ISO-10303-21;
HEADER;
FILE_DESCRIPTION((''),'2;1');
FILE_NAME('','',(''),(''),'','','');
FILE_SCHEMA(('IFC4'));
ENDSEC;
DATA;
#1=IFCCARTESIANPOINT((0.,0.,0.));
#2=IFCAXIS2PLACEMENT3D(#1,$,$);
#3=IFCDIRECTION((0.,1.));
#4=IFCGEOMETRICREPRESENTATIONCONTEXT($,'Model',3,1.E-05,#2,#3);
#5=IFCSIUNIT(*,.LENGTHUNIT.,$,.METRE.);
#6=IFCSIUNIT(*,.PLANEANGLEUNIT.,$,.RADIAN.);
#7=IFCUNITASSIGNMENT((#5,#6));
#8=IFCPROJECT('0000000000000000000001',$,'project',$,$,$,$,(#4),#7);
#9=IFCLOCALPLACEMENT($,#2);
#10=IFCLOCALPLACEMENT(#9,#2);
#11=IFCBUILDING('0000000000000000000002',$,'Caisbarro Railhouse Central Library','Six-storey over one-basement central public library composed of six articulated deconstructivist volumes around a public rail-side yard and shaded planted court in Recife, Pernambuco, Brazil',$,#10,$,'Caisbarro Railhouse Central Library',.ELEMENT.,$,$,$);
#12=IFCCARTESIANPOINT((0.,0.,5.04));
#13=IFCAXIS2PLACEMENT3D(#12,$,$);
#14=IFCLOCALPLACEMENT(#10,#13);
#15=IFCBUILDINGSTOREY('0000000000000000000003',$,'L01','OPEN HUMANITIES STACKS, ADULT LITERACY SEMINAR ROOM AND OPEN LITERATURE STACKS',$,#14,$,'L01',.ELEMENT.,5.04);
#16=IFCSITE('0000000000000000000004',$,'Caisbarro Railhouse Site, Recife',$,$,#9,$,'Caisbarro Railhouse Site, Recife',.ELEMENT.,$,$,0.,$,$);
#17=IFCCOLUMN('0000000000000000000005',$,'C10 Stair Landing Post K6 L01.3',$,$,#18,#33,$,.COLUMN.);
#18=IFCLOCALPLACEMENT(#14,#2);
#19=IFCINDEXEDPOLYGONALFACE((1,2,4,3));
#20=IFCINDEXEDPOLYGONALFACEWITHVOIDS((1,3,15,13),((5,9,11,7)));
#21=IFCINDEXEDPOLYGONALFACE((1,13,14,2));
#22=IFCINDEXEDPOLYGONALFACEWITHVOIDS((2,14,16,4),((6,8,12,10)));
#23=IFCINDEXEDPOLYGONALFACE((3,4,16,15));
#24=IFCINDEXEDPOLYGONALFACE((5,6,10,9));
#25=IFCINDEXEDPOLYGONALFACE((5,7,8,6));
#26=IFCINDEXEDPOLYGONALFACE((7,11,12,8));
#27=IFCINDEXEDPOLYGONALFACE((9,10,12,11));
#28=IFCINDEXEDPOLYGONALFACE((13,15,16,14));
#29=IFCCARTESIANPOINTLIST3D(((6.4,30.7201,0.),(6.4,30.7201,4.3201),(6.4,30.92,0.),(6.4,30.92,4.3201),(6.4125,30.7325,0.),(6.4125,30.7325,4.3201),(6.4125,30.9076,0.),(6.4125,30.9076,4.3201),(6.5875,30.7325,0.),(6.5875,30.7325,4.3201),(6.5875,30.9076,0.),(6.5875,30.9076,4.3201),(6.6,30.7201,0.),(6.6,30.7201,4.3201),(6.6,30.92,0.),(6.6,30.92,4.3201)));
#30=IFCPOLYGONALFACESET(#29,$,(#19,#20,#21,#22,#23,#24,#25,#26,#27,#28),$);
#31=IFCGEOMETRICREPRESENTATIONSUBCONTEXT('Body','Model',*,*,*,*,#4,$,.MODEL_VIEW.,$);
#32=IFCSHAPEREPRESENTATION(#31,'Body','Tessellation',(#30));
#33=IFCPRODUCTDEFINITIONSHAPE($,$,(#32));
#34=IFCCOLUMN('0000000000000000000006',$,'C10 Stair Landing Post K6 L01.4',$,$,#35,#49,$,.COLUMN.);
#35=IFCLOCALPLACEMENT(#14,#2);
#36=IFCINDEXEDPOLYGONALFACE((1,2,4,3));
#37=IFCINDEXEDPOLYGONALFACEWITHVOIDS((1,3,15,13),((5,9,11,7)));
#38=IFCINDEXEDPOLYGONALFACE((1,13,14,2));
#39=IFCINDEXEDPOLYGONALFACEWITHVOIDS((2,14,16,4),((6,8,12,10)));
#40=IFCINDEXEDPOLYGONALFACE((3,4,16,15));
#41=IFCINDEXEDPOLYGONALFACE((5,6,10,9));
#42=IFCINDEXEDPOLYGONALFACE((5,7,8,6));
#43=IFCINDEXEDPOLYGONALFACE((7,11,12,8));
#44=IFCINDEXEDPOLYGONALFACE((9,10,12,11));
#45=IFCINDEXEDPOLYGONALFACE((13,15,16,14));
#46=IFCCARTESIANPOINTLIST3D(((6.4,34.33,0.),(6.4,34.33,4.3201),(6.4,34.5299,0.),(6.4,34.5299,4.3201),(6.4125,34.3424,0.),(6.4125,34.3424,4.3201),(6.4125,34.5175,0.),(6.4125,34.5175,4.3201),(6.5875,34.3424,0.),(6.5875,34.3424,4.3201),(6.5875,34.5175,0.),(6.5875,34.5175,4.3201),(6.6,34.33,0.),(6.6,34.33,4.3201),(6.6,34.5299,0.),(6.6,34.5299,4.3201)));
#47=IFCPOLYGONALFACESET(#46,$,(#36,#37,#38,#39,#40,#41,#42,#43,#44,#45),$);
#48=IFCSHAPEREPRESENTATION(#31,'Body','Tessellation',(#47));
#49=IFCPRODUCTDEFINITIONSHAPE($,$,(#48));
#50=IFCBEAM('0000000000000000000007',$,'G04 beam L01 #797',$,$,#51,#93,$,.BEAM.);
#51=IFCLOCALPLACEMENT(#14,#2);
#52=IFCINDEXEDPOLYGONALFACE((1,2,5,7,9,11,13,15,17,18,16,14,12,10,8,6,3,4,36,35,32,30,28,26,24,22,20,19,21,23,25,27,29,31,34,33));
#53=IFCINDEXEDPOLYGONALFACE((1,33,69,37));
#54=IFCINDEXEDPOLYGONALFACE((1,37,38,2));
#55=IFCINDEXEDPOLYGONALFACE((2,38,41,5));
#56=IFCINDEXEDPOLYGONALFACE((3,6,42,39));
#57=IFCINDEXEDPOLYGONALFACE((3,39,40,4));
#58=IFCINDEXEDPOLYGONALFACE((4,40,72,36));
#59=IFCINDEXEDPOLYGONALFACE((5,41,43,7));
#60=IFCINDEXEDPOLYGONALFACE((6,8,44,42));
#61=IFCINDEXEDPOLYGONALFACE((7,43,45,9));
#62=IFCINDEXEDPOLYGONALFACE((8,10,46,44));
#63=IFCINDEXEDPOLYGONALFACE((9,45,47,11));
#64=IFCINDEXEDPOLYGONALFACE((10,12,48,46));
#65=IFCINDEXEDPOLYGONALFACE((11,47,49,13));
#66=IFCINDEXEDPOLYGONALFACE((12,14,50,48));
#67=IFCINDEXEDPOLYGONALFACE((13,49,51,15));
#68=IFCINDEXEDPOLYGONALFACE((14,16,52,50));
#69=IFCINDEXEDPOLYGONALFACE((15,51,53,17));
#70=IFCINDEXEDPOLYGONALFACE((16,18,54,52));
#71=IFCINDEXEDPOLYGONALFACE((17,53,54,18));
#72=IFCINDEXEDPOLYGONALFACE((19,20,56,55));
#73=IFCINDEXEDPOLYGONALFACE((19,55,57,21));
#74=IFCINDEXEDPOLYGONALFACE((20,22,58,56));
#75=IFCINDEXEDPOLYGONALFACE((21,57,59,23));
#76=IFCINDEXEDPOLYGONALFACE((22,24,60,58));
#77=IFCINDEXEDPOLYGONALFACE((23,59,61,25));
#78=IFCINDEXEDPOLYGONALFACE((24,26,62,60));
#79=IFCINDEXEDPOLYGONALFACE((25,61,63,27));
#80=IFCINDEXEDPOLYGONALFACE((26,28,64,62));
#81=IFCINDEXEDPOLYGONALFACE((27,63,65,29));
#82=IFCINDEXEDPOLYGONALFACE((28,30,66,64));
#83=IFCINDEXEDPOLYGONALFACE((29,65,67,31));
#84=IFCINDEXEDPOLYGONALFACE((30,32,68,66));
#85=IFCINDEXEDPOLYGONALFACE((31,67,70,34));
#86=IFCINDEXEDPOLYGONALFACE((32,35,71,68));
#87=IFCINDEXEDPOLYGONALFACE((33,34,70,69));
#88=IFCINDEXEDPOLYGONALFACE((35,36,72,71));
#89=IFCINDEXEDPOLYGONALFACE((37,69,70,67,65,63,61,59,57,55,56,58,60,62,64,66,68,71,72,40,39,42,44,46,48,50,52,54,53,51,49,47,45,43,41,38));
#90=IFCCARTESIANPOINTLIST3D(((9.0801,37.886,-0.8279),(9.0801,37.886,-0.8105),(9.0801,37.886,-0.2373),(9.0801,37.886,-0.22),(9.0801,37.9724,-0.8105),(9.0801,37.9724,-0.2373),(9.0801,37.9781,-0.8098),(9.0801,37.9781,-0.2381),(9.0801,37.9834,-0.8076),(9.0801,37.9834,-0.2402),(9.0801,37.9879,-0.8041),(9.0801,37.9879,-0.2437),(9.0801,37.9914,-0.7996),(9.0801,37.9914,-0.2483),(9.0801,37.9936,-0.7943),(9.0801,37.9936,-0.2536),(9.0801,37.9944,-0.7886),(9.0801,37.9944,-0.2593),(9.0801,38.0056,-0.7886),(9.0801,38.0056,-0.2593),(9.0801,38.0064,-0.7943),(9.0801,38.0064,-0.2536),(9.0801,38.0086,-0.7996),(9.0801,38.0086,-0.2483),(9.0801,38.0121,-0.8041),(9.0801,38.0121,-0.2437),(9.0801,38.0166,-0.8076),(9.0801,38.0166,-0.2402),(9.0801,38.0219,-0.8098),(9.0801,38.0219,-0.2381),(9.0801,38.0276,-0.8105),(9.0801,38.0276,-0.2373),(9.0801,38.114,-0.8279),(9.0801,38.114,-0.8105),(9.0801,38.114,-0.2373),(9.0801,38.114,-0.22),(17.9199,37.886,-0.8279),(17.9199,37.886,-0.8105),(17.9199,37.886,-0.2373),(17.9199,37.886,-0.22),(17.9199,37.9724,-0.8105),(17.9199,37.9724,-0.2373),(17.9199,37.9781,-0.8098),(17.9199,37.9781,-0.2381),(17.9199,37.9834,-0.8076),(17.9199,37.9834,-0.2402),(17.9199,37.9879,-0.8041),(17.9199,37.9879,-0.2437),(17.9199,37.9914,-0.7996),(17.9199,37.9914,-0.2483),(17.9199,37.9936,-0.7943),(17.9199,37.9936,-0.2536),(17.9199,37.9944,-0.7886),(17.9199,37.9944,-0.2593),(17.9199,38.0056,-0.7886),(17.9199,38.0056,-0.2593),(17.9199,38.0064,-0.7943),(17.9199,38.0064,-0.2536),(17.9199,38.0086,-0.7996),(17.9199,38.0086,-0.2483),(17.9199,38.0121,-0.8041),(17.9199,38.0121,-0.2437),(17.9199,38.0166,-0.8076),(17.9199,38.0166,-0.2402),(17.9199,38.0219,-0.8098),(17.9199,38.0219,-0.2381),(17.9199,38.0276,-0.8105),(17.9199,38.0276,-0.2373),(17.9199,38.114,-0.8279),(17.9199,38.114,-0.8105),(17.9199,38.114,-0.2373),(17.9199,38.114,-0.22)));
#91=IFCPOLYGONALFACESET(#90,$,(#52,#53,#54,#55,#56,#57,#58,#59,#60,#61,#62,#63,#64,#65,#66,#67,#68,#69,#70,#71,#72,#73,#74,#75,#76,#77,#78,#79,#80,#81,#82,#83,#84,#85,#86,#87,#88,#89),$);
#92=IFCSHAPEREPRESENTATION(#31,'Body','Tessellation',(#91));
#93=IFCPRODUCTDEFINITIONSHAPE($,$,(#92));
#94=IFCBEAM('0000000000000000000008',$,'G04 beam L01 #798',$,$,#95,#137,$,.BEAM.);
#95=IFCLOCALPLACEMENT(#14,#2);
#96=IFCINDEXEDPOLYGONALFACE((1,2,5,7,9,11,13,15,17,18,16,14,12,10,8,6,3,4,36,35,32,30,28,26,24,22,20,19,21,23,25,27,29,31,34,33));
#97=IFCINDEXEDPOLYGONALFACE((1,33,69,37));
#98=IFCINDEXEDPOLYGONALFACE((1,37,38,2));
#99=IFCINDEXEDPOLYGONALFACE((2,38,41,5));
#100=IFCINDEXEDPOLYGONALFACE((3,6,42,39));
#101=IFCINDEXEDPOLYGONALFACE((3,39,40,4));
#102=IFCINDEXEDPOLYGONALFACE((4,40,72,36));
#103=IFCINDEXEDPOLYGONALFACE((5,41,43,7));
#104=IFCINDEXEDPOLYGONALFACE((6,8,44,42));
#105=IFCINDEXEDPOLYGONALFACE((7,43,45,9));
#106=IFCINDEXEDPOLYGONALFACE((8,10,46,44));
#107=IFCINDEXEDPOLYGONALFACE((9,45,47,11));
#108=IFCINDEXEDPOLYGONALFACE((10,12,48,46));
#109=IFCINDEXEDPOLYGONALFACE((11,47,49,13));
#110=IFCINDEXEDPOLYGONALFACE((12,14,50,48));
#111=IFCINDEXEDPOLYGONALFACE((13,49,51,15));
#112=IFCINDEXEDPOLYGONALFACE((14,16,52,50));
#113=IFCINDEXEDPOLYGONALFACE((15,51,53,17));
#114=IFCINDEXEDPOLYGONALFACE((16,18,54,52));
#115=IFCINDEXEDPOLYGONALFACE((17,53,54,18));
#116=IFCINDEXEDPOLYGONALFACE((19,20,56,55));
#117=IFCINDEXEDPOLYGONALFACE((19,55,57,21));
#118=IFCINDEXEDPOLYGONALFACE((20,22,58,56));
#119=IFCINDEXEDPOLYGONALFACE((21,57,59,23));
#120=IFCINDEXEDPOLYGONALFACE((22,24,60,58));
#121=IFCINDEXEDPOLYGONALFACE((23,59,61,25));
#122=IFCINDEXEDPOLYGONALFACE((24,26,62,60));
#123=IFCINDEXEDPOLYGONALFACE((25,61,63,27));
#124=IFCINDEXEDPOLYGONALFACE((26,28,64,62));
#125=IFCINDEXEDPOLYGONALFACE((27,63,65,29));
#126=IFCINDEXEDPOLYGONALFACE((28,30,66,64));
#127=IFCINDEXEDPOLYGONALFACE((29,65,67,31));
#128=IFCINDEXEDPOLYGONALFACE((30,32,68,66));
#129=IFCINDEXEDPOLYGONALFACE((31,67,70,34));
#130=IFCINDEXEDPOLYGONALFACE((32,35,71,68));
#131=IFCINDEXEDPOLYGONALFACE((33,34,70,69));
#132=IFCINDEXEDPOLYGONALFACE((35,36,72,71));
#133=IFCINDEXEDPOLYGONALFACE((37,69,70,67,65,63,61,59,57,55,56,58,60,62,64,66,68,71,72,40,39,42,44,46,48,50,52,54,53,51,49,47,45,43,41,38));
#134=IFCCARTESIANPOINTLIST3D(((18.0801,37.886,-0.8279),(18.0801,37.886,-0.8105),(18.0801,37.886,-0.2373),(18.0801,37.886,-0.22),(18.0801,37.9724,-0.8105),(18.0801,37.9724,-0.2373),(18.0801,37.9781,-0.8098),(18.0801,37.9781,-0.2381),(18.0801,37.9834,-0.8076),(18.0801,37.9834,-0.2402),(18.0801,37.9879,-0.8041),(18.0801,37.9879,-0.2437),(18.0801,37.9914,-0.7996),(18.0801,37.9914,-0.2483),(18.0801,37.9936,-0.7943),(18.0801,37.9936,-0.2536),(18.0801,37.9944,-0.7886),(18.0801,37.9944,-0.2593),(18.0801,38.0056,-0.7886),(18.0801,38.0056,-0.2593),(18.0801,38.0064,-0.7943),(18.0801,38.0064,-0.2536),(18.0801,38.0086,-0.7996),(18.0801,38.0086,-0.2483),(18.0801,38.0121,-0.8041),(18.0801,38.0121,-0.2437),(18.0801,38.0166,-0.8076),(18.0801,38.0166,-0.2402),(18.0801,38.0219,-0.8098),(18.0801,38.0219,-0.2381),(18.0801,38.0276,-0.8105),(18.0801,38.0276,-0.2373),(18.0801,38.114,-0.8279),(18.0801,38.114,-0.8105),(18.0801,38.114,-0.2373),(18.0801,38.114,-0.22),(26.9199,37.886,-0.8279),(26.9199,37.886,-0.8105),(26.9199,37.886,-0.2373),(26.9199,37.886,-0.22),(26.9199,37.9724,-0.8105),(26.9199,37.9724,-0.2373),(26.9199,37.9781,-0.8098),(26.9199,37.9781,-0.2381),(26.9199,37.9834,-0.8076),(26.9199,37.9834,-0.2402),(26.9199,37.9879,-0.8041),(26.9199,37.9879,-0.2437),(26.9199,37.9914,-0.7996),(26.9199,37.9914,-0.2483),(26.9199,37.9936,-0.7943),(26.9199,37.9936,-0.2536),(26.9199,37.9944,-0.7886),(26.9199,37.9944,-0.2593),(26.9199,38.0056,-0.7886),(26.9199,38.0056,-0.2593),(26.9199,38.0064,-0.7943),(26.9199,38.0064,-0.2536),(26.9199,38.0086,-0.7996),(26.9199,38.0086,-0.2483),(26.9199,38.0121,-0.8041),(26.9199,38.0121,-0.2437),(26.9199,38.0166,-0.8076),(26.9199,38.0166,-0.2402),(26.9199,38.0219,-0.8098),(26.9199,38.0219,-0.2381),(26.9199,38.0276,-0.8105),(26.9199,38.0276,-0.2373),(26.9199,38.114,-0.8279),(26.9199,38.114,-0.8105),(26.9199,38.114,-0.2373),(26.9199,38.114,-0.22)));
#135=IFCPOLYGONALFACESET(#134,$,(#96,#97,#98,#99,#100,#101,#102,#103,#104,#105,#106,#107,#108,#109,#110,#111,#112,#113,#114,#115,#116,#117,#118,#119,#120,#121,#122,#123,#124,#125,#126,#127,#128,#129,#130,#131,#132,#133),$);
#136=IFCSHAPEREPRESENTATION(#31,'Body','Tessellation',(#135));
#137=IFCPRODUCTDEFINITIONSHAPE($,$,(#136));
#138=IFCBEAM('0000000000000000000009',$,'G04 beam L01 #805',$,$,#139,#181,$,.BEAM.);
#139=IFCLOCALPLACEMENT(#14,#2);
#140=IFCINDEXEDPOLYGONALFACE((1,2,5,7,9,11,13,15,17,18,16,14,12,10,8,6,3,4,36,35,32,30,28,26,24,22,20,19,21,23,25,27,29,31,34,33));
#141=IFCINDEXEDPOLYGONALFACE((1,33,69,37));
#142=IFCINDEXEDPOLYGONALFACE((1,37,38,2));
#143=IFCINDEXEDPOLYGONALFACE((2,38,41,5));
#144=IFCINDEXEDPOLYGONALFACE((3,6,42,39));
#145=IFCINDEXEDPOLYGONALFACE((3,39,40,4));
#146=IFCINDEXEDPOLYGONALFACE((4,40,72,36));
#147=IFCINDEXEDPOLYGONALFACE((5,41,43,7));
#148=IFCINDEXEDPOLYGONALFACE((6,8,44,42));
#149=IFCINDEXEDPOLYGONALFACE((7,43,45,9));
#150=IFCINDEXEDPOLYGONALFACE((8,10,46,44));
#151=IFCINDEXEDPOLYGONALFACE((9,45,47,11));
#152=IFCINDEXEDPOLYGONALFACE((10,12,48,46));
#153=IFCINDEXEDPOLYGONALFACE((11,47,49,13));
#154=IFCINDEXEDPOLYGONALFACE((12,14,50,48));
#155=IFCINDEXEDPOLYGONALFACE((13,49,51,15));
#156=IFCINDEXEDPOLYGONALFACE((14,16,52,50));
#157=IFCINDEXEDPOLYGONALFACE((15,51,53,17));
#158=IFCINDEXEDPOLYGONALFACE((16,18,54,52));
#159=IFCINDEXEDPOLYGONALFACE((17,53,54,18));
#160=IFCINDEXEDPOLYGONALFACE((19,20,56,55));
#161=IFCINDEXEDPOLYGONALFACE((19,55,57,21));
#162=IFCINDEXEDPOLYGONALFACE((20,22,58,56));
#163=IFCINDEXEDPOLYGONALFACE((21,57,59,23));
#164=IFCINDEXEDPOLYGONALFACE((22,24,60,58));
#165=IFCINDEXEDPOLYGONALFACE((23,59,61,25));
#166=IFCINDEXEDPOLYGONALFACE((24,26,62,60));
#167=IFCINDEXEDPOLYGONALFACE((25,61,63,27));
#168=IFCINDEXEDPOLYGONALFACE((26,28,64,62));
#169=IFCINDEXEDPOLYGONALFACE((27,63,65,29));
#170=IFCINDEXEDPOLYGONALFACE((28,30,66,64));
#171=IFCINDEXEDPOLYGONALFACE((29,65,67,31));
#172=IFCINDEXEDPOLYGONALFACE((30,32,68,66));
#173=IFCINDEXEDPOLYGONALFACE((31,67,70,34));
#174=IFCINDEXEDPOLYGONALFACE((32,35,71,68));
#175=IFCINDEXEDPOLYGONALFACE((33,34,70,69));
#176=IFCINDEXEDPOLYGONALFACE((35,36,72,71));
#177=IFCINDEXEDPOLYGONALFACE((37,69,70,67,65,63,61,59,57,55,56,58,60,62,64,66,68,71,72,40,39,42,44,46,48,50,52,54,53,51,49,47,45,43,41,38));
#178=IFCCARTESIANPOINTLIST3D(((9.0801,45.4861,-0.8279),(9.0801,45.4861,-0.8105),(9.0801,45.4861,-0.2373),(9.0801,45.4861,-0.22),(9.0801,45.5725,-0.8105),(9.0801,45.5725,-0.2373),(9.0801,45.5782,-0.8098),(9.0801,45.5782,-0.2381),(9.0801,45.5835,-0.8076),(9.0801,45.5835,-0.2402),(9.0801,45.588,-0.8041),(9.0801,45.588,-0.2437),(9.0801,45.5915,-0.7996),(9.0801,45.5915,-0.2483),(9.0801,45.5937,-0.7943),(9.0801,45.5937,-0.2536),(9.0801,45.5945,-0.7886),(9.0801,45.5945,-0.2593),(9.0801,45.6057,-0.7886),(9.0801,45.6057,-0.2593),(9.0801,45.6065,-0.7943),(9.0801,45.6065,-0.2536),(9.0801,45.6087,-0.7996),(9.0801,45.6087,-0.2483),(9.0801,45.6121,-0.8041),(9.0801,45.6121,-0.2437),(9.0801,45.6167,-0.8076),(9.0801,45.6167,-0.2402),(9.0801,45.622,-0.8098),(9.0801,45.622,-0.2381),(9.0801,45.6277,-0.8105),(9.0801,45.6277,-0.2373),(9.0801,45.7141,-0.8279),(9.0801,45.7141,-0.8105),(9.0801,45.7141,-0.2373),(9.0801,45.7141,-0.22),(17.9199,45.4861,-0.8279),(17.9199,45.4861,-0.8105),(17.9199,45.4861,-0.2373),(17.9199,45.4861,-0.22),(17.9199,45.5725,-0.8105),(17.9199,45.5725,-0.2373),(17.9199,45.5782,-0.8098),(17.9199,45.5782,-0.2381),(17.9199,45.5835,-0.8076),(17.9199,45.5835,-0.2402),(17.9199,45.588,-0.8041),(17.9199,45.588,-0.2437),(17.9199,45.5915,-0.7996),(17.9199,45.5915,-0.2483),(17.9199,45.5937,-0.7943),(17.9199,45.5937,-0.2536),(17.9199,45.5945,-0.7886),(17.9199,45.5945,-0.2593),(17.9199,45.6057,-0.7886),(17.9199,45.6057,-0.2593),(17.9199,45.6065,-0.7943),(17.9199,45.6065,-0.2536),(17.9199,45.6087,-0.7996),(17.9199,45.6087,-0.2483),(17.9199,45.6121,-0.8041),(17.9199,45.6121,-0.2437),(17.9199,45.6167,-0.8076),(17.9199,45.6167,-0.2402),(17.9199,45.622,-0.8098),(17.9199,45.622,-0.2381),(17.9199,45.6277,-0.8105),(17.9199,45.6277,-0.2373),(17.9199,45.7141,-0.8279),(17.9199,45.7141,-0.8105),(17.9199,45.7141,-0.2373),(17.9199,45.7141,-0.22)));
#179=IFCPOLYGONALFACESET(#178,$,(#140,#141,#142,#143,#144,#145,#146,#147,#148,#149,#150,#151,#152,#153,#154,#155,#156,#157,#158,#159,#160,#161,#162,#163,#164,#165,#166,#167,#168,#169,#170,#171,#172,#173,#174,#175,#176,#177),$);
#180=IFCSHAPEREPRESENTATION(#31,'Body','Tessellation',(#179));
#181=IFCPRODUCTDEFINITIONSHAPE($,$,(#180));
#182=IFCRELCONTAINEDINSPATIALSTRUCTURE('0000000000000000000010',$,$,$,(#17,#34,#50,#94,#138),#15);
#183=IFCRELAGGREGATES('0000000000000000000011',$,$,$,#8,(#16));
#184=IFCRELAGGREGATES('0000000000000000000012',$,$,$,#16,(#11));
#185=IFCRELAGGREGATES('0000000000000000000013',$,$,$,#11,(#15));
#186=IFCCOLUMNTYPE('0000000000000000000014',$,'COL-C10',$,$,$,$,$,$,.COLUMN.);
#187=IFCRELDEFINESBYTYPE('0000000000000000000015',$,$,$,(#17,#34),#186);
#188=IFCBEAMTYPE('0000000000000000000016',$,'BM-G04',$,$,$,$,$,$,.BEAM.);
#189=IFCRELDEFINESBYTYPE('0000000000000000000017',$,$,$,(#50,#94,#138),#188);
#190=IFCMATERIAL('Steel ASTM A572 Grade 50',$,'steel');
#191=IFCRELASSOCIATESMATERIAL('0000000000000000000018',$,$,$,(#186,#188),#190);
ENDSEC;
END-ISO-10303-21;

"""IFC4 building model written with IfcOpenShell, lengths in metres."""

from ifc_helpers import new_model, si_unit, direction, frame, origin, origin_2d, place, context, subcontext, project, spatial, hollow_rectangle, i_section, extrude, material, material_profile, profile_set, type_object, element, save


model = new_model("IFC4")

# Units and contexts
model_context = context("Model", 3, precision=1e-05, world=origin(), true_north=direction((0.0, 1.0)))
body_context = subcontext(model_context, "Body", "Model", "MODEL_VIEW")
ifc_project = project(units=[si_unit("LENGTHUNIT", "METRE"), si_unit("PLANEANGLEUNIT", "RADIAN")], contexts=[model_context])

# Site, building, storey
site_placement = place(None, origin())
site = spatial("IfcSite", under=ifc_project, at=site_placement, Name="Caisbarro Railhouse Site, Recife", LongName="Caisbarro Railhouse Site, Recife", CompositionType="ELEMENT", RefElevation=0.0)
building_placement = place(site_placement, origin())
building = spatial("IfcBuilding", under=site, at=building_placement, Name="Caisbarro Railhouse Central Library", Description="Six-storey over one-basement central public library composed of six articulated deconstructivist volumes around a public rail-side yard and shaded planted court in Recife, Pernambuco, Brazil", LongName="Caisbarro Railhouse Central Library", CompositionType="ELEMENT")
storey_placement = place(building_placement, frame((0.0, 0.0, 5.04)))
storey = spatial("IfcBuildingStorey", under=building, at=storey_placement, Name="L01", Description="OPEN HUMANITIES STACKS, ADULT LITERACY SEMINAR ROOM AND OPEN LITERATURE STACKS", LongName="L01", CompositionType="ELEMENT", Elevation=5.04)

# Columns
ifc_material_1 = material(Name="Steel ASTM A572 Grade 50", Category="steel")
ifc_material_profile_1 = material_profile(ifc_material_1, hollow_rectangle(XDim=0.2, YDim=0.2, WallThickness=0.0125, at=origin_2d()), Name="HSS200X200X12.5")
ifc_profile_set_1 = profile_set([ifc_material_profile_1], Name="Steel ASTM A572 Grade 50")
column_type_1 = type_object("IfcColumnType", Name="COL-C10", PredefinedType="COLUMN", material=ifc_profile_set_1)
for number, where, z_axis, x_axis, name in (
    (1, (6.5, 30.8201, 0.0), (0.0, 0.0, 1.0), (1.0, 0.0, 0.0), "C10 Stair Landing Post K6 L01.3"),
    (2, (6.5, 34.4299, 0.0), (0.0, 0.0, 1.0), (1.0, 0.0, 0.0), "C10 Stair Landing Post K6 L01.4"),
):
    element("IfcColumn", number, at=place(storey_placement, frame(where, z_axis=z_axis, x_axis=x_axis)), inside=storey, type_object=column_type_1, Name=name, PredefinedType="COLUMN", context=body_context, shape_type="SweptSolid", body=[
        extrude(hollow_rectangle(XDim=0.2, YDim=0.2, WallThickness=0.0125, at=origin_2d()), origin(), (0.0, 0.0, 1.0), 4.3201),
    ])

# Beams
ifc_material_profile_2 = material_profile(ifc_material_1, i_section(OverallWidth=0.228, OverallDepth=0.6079, WebThickness=0.0112, FlangeThickness=0.0173, FilletRadius=0.022, at=origin_2d()), Name="W610X113.0")
ifc_profile_set_2 = profile_set([ifc_material_profile_2], Name="Steel ASTM A572 Grade 50")
beam_type_1 = type_object("IfcBeamType", Name="BM-G04", PredefinedType="BEAM", material=ifc_profile_set_2)
for number, where, z_axis, x_axis, name in (
    (3, (9.0801, 38.0, -0.5239), (1.0, 0.0, 0.0), (0.0, 1.0, 0.0), "G04 beam L01 #797"),
    (4, (18.0801, 38.0, -0.5239), (1.0, 0.0, 0.0), (0.0, 1.0, 0.0), "G04 beam L01 #798"),
    (5, (9.0801, 45.6001, -0.5239), (1.0, 0.0, 0.0), (0.0, 1.0, 0.0), "G04 beam L01 #805"),
):
    element("IfcBeam", number, at=place(storey_placement, frame(where, z_axis=z_axis, x_axis=x_axis)), inside=storey, type_object=beam_type_1, Name=name, PredefinedType="BEAM", context=body_context, shape_type="SweptSolid", body=[
        extrude(i_section(OverallWidth=0.228, OverallDepth=0.6079, WebThickness=0.0112, FlangeThickness=0.0173, FilletRadius=0.022, at=origin_2d()), origin(), (0.0, 0.0, 1.0), 8.8398),
    ])

save(model, "model.ifc")
